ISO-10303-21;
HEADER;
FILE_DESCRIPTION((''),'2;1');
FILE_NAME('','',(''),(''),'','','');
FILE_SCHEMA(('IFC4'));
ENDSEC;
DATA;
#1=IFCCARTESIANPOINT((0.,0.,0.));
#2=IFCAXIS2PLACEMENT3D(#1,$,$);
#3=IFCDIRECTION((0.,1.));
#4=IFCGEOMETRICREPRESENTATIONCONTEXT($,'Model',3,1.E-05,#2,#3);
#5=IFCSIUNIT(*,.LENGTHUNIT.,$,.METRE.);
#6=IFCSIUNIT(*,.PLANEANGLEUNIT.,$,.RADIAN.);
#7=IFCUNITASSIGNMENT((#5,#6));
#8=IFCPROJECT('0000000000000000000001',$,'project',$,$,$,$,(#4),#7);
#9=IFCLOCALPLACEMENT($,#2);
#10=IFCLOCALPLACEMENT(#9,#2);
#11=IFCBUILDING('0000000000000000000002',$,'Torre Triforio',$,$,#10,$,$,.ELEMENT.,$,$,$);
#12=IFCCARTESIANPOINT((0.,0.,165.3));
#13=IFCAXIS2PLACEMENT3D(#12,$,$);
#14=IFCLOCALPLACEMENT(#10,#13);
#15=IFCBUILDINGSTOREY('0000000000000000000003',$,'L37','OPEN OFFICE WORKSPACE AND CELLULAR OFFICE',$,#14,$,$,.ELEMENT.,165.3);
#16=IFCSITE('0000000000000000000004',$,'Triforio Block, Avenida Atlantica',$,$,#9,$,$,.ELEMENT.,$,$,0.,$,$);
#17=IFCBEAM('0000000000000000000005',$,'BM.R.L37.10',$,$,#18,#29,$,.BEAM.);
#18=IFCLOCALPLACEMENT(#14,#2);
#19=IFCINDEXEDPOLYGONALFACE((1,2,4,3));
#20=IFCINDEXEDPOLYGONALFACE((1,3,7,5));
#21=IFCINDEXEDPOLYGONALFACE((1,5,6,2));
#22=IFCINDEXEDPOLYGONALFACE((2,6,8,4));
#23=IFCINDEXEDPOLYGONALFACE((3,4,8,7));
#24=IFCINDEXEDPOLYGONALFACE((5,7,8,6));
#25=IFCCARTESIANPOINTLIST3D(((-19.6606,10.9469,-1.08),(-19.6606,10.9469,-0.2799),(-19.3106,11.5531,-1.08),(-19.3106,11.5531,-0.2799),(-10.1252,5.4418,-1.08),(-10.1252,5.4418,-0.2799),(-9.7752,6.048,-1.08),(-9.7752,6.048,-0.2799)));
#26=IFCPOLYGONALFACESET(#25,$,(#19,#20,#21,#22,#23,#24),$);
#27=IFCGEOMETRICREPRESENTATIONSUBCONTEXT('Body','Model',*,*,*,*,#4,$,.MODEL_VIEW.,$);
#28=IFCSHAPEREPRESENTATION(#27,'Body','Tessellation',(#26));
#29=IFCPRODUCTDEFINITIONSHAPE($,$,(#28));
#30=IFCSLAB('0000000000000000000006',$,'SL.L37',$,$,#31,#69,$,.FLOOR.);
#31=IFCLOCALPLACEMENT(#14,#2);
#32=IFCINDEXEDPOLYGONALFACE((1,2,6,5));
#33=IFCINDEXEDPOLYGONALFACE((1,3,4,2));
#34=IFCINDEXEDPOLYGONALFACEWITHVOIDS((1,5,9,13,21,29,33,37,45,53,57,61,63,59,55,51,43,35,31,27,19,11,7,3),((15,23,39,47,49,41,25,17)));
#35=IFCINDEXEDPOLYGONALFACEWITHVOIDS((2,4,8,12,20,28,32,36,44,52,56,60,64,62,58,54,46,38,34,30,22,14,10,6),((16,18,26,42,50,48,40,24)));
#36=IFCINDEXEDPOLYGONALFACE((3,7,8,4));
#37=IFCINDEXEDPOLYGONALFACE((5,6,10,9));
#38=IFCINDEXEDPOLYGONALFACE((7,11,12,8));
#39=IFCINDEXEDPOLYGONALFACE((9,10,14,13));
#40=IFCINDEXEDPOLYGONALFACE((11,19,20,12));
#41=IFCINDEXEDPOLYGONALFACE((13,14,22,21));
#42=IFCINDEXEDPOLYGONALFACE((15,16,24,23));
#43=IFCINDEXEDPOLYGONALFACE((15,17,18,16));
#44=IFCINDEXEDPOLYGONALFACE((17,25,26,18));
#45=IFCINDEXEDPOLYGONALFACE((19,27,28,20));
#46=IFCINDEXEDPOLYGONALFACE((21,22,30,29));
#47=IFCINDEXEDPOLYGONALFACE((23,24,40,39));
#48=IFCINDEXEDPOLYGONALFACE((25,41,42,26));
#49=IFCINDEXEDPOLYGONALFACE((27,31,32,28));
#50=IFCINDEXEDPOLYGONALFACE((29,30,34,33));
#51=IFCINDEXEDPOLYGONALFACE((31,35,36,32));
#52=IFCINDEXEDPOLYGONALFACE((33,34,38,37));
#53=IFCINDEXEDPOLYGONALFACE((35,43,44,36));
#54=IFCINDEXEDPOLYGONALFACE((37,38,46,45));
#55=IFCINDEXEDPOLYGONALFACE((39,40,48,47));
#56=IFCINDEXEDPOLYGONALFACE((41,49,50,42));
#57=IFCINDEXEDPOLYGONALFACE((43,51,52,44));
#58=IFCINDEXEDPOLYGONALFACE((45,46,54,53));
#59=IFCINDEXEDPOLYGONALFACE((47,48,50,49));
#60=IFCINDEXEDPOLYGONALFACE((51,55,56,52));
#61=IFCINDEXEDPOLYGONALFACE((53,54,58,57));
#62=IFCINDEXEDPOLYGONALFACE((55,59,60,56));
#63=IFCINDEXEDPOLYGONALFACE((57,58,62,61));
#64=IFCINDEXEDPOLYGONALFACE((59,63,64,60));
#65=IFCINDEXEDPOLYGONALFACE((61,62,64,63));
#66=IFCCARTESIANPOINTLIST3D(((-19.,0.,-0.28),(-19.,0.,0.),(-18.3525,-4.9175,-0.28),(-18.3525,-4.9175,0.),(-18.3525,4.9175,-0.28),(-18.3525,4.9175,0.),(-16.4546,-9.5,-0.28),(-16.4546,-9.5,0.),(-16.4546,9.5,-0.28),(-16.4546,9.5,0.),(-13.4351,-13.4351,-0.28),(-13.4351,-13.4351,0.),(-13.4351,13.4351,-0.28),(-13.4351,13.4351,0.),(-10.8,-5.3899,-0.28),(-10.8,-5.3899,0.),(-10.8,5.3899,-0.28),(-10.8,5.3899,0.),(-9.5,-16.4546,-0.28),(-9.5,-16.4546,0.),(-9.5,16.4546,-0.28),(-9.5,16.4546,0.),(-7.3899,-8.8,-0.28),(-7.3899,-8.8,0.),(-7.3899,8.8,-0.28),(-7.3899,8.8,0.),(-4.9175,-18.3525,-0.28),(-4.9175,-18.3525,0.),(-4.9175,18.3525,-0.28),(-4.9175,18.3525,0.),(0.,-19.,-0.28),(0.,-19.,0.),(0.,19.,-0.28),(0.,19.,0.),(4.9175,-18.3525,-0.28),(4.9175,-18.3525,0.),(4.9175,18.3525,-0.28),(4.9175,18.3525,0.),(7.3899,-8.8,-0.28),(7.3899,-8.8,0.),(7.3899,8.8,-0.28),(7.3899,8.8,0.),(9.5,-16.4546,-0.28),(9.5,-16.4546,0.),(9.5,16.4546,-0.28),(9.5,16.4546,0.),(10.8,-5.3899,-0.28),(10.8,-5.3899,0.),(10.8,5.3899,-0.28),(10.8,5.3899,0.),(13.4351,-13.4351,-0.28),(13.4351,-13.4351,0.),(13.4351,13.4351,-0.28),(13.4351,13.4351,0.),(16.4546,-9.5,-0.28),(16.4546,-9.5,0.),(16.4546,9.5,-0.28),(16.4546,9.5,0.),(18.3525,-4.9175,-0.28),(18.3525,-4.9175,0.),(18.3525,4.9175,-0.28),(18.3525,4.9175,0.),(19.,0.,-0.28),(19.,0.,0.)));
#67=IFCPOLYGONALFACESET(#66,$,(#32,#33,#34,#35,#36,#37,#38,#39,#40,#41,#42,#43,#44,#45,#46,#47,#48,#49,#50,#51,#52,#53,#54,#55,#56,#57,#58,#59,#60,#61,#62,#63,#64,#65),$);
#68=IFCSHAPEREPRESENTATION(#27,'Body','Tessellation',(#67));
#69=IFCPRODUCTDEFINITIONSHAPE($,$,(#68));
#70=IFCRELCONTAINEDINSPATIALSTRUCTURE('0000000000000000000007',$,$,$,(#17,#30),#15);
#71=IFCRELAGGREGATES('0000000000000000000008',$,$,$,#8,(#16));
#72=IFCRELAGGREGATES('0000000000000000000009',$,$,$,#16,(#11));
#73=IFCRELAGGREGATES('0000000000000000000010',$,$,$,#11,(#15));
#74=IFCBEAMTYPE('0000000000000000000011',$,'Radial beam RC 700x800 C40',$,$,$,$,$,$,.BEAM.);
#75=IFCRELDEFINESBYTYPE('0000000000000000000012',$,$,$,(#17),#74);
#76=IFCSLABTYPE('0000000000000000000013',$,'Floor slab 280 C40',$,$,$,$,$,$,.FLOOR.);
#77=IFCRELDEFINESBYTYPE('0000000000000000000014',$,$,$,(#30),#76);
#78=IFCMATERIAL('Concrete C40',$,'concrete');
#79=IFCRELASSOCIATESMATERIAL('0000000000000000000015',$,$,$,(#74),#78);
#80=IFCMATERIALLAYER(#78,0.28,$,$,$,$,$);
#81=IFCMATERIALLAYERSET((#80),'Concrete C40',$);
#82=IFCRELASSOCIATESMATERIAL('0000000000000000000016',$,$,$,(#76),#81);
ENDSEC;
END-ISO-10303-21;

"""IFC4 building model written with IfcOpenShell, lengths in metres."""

from ifc_helpers import new_model, si_unit, direction, frame, origin, origin_2d, place, context, subcontext, project, spatial, polyline, rectangle, outline, extrude, material, layer, layer_set, material_profile, profile_set, type_object, element, save


model = new_model("IFC4")

# Units and contexts
model_context = context("Model", 3, precision=1e-05, world=origin(), true_north=direction((0.0, 1.0)))
body_context = subcontext(model_context, "Body", "Model", "MODEL_VIEW")
ifc_project = project(units=[si_unit("LENGTHUNIT", "METRE"), si_unit("PLANEANGLEUNIT", "RADIAN")], contexts=[model_context])

# Site, building, storey
site_placement = place(None, origin())
site = spatial("IfcSite", under=ifc_project, at=site_placement, Name="Triforio Block, Avenida Atlantica", CompositionType="ELEMENT", RefElevation=0.0)
building_placement = place(site_placement, origin())
building = spatial("IfcBuilding", under=site, at=building_placement, Name="Torre Triforio", CompositionType="ELEMENT")
storey_placement = place(building_placement, frame((0.0, 0.0, 165.3)))
storey = spatial("IfcBuildingStorey", under=building, at=storey_placement, Name="L37", Description="OPEN OFFICE WORKSPACE AND CELLULAR OFFICE", CompositionType="ELEMENT", Elevation=165.3)

# Beam
ifc_material_1 = material(Name="Concrete C40", Category="concrete")
ifc_material_profile = material_profile(ifc_material_1, rectangle(XDim=0.7, YDim=0.8, at=origin_2d()), Name="RC 700x800")
ifc_profile_set = profile_set([ifc_material_profile], Name="Concrete C40")
beam_type = type_object("IfcBeamType", Name="Radial beam RC 700x800 C40", PredefinedType="BEAM", material=ifc_profile_set)
beam_placement = place(storey_placement, frame((-9.9502, 5.7449, -0.6799), z_axis=(-0.866031, 0.499991, 0.0), x_axis=(-0.499991, -0.866031, 0.0)))
element("IfcBeam", 1, at=beam_placement, inside=storey, type_object=beam_type, Name="BM.R.L37.10", PredefinedType="BEAM", context=body_context, shape_type="SweptSolid", body=[
    extrude(rectangle(XDim=0.7, YDim=0.8, at=origin_2d()), origin(), (0.0, 0.0, 1.0), 11.0105),
])

# Slab
ifc_layer_1 = layer(ifc_material_1, 0.28)
ifc_layer_set_1 = layer_set([ifc_layer_1], Name="Concrete C40")
slab_type_1 = type_object("IfcSlabType", Name="Floor slab 280 C40", PredefinedType="FLOOR", material=ifc_layer_set_1)
slab_1_placement = place(storey_placement, frame((0.0, 0.0, -0.28)))
element("IfcSlab", 2, at=slab_1_placement, inside=storey, type_object=slab_type_1, Name="SL.L37", PredefinedType="FLOOR", context=body_context, shape_type="SweptSolid", body=[
    extrude(outline(polyline([(16.4546, -9.5), (18.3525, -4.9175), (19.0, 0.0), (18.3525, 4.9175), (16.4546, 9.5), (13.4351, 13.4351), (9.5, 16.4546), (4.9175, 18.3525), (0.0, 19.0), (-4.9175, 18.3525), (-9.5, 16.4546), (-13.4351, 13.4351), (-16.4546, 9.5), (-18.3525, 4.9175), (-19.0, 0.0), (-18.3525, -4.9175), (-16.4546, -9.5), (-13.4351, -13.4351), (-9.5, -16.4546), (-4.9175, -18.3525), (0.0, -19.0), (4.9175, -18.3525), (9.5, -16.4546), (13.4351, -13.4351), (16.4546, -9.5)]), holes=[polyline([(10.8, 5.3899), (10.8, -5.3899), (7.3899, -8.8), (-7.3899, -8.8), (-10.8, -5.3899), (-10.8, 5.3899), (-7.3899, 8.8), (7.3899, 8.8), (10.8, 5.3899)])]), origin(), (0.0, 0.0, 1.0), 0.28),
])

save(model, "model.ifc")
